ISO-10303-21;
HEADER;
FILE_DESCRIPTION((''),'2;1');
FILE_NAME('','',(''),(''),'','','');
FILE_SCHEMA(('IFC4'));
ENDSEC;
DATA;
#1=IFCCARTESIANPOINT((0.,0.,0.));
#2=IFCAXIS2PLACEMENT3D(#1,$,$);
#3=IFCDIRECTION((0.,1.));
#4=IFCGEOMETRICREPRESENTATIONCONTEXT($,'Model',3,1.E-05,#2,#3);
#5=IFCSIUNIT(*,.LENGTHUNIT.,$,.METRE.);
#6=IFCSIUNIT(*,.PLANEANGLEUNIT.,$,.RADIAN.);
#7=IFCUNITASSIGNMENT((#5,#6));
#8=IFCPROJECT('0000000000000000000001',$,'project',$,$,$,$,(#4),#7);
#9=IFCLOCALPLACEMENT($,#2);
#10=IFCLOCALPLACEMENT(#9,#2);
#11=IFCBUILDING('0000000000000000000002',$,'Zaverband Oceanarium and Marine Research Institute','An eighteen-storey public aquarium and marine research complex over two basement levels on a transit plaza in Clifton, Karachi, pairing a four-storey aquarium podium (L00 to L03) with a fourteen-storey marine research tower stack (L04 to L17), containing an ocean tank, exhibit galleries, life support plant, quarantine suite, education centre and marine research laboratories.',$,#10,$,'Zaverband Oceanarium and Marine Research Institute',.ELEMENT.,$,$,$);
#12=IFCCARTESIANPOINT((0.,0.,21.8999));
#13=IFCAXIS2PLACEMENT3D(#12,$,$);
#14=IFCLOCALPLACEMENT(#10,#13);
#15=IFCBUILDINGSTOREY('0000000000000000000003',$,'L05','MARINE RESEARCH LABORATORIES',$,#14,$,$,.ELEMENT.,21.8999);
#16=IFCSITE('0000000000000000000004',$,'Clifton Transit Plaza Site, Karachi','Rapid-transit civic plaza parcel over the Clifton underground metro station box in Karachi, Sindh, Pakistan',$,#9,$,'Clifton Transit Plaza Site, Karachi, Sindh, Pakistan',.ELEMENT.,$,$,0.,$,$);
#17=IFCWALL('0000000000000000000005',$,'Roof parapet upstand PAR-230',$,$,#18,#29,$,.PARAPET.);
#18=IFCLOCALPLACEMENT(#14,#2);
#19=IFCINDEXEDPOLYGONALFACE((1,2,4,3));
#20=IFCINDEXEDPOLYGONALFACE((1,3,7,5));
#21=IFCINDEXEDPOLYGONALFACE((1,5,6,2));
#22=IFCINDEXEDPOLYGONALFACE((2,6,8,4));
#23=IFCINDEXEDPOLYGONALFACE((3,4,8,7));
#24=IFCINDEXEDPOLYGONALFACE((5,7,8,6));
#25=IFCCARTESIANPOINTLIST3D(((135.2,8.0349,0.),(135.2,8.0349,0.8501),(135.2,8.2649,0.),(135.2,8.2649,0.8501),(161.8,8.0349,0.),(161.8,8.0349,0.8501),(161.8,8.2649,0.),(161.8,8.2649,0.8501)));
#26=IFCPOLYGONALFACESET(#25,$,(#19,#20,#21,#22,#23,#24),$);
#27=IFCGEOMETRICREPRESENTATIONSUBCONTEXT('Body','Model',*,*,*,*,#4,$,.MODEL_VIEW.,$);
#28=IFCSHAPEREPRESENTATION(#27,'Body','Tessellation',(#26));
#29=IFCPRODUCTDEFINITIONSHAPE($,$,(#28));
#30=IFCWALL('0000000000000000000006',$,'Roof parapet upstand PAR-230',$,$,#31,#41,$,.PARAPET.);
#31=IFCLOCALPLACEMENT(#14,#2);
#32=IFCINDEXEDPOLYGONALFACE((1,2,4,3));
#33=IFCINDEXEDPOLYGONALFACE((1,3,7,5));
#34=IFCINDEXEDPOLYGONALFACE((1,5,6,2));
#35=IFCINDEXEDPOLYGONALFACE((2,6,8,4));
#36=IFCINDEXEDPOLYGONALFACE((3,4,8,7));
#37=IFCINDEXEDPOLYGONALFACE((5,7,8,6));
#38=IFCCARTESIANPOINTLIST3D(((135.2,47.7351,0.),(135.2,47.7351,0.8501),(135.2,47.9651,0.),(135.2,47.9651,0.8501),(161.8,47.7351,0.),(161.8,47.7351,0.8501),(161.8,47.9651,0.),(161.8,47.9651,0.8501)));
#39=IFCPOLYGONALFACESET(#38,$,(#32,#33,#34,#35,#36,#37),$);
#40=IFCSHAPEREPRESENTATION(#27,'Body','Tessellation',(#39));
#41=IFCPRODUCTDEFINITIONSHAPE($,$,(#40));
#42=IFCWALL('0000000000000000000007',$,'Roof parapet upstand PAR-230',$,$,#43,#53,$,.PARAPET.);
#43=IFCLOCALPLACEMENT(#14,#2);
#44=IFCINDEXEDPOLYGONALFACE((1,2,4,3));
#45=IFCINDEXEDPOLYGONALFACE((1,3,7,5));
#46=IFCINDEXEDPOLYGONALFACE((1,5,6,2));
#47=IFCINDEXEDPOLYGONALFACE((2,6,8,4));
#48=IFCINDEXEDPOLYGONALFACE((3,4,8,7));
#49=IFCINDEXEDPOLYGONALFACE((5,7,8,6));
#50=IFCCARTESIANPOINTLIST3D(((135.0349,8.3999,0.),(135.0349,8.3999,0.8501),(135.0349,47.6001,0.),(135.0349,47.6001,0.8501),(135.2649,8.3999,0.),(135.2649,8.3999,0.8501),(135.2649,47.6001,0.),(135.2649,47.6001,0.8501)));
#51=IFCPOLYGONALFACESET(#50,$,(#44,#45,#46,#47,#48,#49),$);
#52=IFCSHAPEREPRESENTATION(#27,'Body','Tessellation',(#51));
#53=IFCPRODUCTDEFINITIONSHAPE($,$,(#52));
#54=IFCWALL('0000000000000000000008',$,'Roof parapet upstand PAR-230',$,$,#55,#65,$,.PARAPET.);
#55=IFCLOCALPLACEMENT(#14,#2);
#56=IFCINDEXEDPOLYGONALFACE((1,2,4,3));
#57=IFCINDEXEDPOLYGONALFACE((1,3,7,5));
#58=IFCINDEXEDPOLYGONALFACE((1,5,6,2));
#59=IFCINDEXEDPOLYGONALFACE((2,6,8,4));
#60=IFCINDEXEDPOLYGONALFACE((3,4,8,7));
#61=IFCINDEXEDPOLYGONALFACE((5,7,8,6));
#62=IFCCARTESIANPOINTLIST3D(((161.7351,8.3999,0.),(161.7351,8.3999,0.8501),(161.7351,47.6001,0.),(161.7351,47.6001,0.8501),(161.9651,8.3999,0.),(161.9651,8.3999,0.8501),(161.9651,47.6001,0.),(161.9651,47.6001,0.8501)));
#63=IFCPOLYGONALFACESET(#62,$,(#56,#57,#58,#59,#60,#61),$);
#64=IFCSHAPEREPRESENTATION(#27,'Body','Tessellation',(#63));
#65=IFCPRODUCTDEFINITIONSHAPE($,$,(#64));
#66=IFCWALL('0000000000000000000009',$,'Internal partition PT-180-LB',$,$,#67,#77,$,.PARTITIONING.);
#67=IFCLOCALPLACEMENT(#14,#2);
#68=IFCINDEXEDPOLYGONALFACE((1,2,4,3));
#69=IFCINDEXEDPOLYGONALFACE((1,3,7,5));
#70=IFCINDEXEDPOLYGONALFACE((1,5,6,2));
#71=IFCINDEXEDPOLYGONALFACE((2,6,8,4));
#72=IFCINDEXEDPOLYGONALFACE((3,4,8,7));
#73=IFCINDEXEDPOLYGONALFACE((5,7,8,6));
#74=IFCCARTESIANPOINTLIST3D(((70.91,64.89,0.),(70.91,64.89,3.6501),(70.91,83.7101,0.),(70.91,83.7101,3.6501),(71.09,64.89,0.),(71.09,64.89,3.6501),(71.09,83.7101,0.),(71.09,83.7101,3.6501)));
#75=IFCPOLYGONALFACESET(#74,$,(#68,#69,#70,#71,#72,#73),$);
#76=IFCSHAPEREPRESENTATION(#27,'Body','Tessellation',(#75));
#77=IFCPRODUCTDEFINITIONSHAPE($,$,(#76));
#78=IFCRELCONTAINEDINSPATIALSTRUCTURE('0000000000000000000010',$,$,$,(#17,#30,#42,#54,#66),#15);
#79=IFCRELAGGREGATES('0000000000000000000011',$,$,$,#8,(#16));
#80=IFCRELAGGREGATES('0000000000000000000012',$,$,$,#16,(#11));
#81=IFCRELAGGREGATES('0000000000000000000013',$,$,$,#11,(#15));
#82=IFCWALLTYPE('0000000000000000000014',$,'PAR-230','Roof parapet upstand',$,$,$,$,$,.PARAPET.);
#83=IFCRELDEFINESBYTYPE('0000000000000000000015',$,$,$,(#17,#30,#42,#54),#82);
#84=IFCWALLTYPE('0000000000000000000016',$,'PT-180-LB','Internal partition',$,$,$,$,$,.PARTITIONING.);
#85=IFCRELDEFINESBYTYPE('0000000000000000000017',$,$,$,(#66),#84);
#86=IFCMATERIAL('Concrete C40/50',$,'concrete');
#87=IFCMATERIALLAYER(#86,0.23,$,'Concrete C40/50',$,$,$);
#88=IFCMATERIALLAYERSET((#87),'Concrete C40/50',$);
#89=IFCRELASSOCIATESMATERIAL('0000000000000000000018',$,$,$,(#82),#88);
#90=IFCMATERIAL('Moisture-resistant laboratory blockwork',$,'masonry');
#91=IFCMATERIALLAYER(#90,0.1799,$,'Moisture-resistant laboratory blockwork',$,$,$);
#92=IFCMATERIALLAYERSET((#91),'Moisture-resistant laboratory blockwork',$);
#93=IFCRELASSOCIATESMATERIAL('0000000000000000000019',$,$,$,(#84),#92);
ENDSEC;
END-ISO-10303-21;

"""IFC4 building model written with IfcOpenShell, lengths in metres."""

from ifc_helpers import new_model, si_unit, direction, frame, frame_2d, origin, place, context, subcontext, project, spatial, rectangle, extrude, material, layer, layer_set, type_object, element, save


model = new_model("IFC4")

# Units and contexts
model_context = context("Model", 3, precision=1e-05, world=origin(), true_north=direction((0.0, 1.0)))
body_context = subcontext(model_context, "Body", "Model", "MODEL_VIEW")
ifc_project = project(units=[si_unit("LENGTHUNIT", "METRE"), si_unit("PLANEANGLEUNIT", "RADIAN")], contexts=[model_context])

# Site, building, storey
site_placement = place(None, origin())
site = spatial("IfcSite", under=ifc_project, at=site_placement, Name="Clifton Transit Plaza Site, Karachi", Description="Rapid-transit civic plaza parcel over the Clifton underground metro station box in Karachi, Sindh, Pakistan", LongName="Clifton Transit Plaza Site, Karachi, Sindh, Pakistan", CompositionType="ELEMENT", RefElevation=0.0)
building_placement = place(site_placement, origin())
building = spatial("IfcBuilding", under=site, at=building_placement, Name="Zaverband Oceanarium and Marine Research Institute", Description="An eighteen-storey public aquarium and marine research complex over two basement levels on a transit plaza in Clifton, Karachi, pairing a four-storey aquarium podium (L00 to L03) with a fourteen-storey marine research tower stack (L04 to L17), containing an ocean tank, exhibit galleries, life support plant, quarantine suite, education centre and marine research laboratories.", LongName="Zaverband Oceanarium and Marine Research Institute", CompositionType="ELEMENT")
storey_placement = place(building_placement, frame((0.0, 0.0, 21.8999)))
storey = spatial("IfcBuildingStorey", under=building, at=storey_placement, Name="L05", Description="MARINE RESEARCH LABORATORIES", CompositionType="ELEMENT", Elevation=21.8999)

# Shared definitions
ifc_material_1 = material(Name="Concrete C40/50", Category="concrete")

# Walls
ifc_layer_1 = layer(ifc_material_1, 0.23, Name="Concrete C40/50")
ifc_layer_set_1 = layer_set([ifc_layer_1], Name="Concrete C40/50")
wall_type_1 = type_object("IfcWallType", Name="PAR-230", Description="Roof parapet upstand", PredefinedType="PARAPET", material=ifc_layer_set_1)
for number, where, z_axis, x_axis, name in (
    (1, (135.2, 8.1499, 0.0), (0.0, 0.0, 1.0), (1.0, 0.0, 0.0), "Roof parapet upstand PAR-230"),
    (2, (135.2, 47.8501, 0.0), (0.0, 0.0, 1.0), (1.0, 0.0, 0.0), "Roof parapet upstand PAR-230"),
):
    element("IfcWall", number, at=place(storey_placement, frame(where, z_axis=z_axis, x_axis=x_axis)), inside=storey, type_object=wall_type_1, Name=name, PredefinedType="PARAPET", context=body_context, shape_type="SweptSolid", body=[
        extrude(rectangle(XDim=26.6001, YDim=0.23, at=frame_2d((13.3, 0.0))), origin(), (0.0, 0.0, 1.0), 0.8501),
    ])
for number, where, z_axis, x_axis, name in (
    (3, (135.1499, 8.3999, 0.0), (0.0, 0.0, 1.0), (0.0, 1.0, 0.0), "Roof parapet upstand PAR-230"),
    (4, (161.8501, 8.3999, 0.0), (0.0, 0.0, 1.0), (0.0, 1.0, 0.0), "Roof parapet upstand PAR-230"),
):
    element("IfcWall", number, at=place(storey_placement, frame(where, z_axis=z_axis, x_axis=x_axis)), inside=storey, type_object=wall_type_1, Name=name, PredefinedType="PARAPET", context=body_context, shape_type="SweptSolid", body=[
        extrude(rectangle(XDim=39.2002, YDim=0.23, at=frame_2d((19.6001, 0.0))), origin(), (0.0, 0.0, 1.0), 0.8501),
    ])
ifc_material_2 = material(Name="Moisture-resistant laboratory blockwork", Category="masonry")
ifc_layer_2 = layer(ifc_material_2, 0.1799, Name="Moisture-resistant laboratory blockwork")
ifc_layer_set_2 = layer_set([ifc_layer_2], Name="Moisture-resistant laboratory blockwork")
wall_type_2 = type_object("IfcWallType", Name="PT-180-LB", Description="Internal partition", PredefinedType="PARTITIONING", material=ifc_layer_set_2)
wall_1_placement = place(storey_placement, frame((71.0, 64.8899, 0.0), z_axis=(0.0, 0.0, 1.0), x_axis=(0.0, 1.0, 0.0)))
element("IfcWall", 5, at=wall_1_placement, inside=storey, type_object=wall_type_2, Name="Internal partition PT-180-LB", PredefinedType="PARTITIONING", context=body_context, shape_type="SweptSolid", body=[
    extrude(rectangle(XDim=18.8201, YDim=0.1799, at=frame_2d((9.4102, 0.0))), origin(), (0.0, 0.0, 1.0), 3.6501),
])

save(model, "model.ifc")
